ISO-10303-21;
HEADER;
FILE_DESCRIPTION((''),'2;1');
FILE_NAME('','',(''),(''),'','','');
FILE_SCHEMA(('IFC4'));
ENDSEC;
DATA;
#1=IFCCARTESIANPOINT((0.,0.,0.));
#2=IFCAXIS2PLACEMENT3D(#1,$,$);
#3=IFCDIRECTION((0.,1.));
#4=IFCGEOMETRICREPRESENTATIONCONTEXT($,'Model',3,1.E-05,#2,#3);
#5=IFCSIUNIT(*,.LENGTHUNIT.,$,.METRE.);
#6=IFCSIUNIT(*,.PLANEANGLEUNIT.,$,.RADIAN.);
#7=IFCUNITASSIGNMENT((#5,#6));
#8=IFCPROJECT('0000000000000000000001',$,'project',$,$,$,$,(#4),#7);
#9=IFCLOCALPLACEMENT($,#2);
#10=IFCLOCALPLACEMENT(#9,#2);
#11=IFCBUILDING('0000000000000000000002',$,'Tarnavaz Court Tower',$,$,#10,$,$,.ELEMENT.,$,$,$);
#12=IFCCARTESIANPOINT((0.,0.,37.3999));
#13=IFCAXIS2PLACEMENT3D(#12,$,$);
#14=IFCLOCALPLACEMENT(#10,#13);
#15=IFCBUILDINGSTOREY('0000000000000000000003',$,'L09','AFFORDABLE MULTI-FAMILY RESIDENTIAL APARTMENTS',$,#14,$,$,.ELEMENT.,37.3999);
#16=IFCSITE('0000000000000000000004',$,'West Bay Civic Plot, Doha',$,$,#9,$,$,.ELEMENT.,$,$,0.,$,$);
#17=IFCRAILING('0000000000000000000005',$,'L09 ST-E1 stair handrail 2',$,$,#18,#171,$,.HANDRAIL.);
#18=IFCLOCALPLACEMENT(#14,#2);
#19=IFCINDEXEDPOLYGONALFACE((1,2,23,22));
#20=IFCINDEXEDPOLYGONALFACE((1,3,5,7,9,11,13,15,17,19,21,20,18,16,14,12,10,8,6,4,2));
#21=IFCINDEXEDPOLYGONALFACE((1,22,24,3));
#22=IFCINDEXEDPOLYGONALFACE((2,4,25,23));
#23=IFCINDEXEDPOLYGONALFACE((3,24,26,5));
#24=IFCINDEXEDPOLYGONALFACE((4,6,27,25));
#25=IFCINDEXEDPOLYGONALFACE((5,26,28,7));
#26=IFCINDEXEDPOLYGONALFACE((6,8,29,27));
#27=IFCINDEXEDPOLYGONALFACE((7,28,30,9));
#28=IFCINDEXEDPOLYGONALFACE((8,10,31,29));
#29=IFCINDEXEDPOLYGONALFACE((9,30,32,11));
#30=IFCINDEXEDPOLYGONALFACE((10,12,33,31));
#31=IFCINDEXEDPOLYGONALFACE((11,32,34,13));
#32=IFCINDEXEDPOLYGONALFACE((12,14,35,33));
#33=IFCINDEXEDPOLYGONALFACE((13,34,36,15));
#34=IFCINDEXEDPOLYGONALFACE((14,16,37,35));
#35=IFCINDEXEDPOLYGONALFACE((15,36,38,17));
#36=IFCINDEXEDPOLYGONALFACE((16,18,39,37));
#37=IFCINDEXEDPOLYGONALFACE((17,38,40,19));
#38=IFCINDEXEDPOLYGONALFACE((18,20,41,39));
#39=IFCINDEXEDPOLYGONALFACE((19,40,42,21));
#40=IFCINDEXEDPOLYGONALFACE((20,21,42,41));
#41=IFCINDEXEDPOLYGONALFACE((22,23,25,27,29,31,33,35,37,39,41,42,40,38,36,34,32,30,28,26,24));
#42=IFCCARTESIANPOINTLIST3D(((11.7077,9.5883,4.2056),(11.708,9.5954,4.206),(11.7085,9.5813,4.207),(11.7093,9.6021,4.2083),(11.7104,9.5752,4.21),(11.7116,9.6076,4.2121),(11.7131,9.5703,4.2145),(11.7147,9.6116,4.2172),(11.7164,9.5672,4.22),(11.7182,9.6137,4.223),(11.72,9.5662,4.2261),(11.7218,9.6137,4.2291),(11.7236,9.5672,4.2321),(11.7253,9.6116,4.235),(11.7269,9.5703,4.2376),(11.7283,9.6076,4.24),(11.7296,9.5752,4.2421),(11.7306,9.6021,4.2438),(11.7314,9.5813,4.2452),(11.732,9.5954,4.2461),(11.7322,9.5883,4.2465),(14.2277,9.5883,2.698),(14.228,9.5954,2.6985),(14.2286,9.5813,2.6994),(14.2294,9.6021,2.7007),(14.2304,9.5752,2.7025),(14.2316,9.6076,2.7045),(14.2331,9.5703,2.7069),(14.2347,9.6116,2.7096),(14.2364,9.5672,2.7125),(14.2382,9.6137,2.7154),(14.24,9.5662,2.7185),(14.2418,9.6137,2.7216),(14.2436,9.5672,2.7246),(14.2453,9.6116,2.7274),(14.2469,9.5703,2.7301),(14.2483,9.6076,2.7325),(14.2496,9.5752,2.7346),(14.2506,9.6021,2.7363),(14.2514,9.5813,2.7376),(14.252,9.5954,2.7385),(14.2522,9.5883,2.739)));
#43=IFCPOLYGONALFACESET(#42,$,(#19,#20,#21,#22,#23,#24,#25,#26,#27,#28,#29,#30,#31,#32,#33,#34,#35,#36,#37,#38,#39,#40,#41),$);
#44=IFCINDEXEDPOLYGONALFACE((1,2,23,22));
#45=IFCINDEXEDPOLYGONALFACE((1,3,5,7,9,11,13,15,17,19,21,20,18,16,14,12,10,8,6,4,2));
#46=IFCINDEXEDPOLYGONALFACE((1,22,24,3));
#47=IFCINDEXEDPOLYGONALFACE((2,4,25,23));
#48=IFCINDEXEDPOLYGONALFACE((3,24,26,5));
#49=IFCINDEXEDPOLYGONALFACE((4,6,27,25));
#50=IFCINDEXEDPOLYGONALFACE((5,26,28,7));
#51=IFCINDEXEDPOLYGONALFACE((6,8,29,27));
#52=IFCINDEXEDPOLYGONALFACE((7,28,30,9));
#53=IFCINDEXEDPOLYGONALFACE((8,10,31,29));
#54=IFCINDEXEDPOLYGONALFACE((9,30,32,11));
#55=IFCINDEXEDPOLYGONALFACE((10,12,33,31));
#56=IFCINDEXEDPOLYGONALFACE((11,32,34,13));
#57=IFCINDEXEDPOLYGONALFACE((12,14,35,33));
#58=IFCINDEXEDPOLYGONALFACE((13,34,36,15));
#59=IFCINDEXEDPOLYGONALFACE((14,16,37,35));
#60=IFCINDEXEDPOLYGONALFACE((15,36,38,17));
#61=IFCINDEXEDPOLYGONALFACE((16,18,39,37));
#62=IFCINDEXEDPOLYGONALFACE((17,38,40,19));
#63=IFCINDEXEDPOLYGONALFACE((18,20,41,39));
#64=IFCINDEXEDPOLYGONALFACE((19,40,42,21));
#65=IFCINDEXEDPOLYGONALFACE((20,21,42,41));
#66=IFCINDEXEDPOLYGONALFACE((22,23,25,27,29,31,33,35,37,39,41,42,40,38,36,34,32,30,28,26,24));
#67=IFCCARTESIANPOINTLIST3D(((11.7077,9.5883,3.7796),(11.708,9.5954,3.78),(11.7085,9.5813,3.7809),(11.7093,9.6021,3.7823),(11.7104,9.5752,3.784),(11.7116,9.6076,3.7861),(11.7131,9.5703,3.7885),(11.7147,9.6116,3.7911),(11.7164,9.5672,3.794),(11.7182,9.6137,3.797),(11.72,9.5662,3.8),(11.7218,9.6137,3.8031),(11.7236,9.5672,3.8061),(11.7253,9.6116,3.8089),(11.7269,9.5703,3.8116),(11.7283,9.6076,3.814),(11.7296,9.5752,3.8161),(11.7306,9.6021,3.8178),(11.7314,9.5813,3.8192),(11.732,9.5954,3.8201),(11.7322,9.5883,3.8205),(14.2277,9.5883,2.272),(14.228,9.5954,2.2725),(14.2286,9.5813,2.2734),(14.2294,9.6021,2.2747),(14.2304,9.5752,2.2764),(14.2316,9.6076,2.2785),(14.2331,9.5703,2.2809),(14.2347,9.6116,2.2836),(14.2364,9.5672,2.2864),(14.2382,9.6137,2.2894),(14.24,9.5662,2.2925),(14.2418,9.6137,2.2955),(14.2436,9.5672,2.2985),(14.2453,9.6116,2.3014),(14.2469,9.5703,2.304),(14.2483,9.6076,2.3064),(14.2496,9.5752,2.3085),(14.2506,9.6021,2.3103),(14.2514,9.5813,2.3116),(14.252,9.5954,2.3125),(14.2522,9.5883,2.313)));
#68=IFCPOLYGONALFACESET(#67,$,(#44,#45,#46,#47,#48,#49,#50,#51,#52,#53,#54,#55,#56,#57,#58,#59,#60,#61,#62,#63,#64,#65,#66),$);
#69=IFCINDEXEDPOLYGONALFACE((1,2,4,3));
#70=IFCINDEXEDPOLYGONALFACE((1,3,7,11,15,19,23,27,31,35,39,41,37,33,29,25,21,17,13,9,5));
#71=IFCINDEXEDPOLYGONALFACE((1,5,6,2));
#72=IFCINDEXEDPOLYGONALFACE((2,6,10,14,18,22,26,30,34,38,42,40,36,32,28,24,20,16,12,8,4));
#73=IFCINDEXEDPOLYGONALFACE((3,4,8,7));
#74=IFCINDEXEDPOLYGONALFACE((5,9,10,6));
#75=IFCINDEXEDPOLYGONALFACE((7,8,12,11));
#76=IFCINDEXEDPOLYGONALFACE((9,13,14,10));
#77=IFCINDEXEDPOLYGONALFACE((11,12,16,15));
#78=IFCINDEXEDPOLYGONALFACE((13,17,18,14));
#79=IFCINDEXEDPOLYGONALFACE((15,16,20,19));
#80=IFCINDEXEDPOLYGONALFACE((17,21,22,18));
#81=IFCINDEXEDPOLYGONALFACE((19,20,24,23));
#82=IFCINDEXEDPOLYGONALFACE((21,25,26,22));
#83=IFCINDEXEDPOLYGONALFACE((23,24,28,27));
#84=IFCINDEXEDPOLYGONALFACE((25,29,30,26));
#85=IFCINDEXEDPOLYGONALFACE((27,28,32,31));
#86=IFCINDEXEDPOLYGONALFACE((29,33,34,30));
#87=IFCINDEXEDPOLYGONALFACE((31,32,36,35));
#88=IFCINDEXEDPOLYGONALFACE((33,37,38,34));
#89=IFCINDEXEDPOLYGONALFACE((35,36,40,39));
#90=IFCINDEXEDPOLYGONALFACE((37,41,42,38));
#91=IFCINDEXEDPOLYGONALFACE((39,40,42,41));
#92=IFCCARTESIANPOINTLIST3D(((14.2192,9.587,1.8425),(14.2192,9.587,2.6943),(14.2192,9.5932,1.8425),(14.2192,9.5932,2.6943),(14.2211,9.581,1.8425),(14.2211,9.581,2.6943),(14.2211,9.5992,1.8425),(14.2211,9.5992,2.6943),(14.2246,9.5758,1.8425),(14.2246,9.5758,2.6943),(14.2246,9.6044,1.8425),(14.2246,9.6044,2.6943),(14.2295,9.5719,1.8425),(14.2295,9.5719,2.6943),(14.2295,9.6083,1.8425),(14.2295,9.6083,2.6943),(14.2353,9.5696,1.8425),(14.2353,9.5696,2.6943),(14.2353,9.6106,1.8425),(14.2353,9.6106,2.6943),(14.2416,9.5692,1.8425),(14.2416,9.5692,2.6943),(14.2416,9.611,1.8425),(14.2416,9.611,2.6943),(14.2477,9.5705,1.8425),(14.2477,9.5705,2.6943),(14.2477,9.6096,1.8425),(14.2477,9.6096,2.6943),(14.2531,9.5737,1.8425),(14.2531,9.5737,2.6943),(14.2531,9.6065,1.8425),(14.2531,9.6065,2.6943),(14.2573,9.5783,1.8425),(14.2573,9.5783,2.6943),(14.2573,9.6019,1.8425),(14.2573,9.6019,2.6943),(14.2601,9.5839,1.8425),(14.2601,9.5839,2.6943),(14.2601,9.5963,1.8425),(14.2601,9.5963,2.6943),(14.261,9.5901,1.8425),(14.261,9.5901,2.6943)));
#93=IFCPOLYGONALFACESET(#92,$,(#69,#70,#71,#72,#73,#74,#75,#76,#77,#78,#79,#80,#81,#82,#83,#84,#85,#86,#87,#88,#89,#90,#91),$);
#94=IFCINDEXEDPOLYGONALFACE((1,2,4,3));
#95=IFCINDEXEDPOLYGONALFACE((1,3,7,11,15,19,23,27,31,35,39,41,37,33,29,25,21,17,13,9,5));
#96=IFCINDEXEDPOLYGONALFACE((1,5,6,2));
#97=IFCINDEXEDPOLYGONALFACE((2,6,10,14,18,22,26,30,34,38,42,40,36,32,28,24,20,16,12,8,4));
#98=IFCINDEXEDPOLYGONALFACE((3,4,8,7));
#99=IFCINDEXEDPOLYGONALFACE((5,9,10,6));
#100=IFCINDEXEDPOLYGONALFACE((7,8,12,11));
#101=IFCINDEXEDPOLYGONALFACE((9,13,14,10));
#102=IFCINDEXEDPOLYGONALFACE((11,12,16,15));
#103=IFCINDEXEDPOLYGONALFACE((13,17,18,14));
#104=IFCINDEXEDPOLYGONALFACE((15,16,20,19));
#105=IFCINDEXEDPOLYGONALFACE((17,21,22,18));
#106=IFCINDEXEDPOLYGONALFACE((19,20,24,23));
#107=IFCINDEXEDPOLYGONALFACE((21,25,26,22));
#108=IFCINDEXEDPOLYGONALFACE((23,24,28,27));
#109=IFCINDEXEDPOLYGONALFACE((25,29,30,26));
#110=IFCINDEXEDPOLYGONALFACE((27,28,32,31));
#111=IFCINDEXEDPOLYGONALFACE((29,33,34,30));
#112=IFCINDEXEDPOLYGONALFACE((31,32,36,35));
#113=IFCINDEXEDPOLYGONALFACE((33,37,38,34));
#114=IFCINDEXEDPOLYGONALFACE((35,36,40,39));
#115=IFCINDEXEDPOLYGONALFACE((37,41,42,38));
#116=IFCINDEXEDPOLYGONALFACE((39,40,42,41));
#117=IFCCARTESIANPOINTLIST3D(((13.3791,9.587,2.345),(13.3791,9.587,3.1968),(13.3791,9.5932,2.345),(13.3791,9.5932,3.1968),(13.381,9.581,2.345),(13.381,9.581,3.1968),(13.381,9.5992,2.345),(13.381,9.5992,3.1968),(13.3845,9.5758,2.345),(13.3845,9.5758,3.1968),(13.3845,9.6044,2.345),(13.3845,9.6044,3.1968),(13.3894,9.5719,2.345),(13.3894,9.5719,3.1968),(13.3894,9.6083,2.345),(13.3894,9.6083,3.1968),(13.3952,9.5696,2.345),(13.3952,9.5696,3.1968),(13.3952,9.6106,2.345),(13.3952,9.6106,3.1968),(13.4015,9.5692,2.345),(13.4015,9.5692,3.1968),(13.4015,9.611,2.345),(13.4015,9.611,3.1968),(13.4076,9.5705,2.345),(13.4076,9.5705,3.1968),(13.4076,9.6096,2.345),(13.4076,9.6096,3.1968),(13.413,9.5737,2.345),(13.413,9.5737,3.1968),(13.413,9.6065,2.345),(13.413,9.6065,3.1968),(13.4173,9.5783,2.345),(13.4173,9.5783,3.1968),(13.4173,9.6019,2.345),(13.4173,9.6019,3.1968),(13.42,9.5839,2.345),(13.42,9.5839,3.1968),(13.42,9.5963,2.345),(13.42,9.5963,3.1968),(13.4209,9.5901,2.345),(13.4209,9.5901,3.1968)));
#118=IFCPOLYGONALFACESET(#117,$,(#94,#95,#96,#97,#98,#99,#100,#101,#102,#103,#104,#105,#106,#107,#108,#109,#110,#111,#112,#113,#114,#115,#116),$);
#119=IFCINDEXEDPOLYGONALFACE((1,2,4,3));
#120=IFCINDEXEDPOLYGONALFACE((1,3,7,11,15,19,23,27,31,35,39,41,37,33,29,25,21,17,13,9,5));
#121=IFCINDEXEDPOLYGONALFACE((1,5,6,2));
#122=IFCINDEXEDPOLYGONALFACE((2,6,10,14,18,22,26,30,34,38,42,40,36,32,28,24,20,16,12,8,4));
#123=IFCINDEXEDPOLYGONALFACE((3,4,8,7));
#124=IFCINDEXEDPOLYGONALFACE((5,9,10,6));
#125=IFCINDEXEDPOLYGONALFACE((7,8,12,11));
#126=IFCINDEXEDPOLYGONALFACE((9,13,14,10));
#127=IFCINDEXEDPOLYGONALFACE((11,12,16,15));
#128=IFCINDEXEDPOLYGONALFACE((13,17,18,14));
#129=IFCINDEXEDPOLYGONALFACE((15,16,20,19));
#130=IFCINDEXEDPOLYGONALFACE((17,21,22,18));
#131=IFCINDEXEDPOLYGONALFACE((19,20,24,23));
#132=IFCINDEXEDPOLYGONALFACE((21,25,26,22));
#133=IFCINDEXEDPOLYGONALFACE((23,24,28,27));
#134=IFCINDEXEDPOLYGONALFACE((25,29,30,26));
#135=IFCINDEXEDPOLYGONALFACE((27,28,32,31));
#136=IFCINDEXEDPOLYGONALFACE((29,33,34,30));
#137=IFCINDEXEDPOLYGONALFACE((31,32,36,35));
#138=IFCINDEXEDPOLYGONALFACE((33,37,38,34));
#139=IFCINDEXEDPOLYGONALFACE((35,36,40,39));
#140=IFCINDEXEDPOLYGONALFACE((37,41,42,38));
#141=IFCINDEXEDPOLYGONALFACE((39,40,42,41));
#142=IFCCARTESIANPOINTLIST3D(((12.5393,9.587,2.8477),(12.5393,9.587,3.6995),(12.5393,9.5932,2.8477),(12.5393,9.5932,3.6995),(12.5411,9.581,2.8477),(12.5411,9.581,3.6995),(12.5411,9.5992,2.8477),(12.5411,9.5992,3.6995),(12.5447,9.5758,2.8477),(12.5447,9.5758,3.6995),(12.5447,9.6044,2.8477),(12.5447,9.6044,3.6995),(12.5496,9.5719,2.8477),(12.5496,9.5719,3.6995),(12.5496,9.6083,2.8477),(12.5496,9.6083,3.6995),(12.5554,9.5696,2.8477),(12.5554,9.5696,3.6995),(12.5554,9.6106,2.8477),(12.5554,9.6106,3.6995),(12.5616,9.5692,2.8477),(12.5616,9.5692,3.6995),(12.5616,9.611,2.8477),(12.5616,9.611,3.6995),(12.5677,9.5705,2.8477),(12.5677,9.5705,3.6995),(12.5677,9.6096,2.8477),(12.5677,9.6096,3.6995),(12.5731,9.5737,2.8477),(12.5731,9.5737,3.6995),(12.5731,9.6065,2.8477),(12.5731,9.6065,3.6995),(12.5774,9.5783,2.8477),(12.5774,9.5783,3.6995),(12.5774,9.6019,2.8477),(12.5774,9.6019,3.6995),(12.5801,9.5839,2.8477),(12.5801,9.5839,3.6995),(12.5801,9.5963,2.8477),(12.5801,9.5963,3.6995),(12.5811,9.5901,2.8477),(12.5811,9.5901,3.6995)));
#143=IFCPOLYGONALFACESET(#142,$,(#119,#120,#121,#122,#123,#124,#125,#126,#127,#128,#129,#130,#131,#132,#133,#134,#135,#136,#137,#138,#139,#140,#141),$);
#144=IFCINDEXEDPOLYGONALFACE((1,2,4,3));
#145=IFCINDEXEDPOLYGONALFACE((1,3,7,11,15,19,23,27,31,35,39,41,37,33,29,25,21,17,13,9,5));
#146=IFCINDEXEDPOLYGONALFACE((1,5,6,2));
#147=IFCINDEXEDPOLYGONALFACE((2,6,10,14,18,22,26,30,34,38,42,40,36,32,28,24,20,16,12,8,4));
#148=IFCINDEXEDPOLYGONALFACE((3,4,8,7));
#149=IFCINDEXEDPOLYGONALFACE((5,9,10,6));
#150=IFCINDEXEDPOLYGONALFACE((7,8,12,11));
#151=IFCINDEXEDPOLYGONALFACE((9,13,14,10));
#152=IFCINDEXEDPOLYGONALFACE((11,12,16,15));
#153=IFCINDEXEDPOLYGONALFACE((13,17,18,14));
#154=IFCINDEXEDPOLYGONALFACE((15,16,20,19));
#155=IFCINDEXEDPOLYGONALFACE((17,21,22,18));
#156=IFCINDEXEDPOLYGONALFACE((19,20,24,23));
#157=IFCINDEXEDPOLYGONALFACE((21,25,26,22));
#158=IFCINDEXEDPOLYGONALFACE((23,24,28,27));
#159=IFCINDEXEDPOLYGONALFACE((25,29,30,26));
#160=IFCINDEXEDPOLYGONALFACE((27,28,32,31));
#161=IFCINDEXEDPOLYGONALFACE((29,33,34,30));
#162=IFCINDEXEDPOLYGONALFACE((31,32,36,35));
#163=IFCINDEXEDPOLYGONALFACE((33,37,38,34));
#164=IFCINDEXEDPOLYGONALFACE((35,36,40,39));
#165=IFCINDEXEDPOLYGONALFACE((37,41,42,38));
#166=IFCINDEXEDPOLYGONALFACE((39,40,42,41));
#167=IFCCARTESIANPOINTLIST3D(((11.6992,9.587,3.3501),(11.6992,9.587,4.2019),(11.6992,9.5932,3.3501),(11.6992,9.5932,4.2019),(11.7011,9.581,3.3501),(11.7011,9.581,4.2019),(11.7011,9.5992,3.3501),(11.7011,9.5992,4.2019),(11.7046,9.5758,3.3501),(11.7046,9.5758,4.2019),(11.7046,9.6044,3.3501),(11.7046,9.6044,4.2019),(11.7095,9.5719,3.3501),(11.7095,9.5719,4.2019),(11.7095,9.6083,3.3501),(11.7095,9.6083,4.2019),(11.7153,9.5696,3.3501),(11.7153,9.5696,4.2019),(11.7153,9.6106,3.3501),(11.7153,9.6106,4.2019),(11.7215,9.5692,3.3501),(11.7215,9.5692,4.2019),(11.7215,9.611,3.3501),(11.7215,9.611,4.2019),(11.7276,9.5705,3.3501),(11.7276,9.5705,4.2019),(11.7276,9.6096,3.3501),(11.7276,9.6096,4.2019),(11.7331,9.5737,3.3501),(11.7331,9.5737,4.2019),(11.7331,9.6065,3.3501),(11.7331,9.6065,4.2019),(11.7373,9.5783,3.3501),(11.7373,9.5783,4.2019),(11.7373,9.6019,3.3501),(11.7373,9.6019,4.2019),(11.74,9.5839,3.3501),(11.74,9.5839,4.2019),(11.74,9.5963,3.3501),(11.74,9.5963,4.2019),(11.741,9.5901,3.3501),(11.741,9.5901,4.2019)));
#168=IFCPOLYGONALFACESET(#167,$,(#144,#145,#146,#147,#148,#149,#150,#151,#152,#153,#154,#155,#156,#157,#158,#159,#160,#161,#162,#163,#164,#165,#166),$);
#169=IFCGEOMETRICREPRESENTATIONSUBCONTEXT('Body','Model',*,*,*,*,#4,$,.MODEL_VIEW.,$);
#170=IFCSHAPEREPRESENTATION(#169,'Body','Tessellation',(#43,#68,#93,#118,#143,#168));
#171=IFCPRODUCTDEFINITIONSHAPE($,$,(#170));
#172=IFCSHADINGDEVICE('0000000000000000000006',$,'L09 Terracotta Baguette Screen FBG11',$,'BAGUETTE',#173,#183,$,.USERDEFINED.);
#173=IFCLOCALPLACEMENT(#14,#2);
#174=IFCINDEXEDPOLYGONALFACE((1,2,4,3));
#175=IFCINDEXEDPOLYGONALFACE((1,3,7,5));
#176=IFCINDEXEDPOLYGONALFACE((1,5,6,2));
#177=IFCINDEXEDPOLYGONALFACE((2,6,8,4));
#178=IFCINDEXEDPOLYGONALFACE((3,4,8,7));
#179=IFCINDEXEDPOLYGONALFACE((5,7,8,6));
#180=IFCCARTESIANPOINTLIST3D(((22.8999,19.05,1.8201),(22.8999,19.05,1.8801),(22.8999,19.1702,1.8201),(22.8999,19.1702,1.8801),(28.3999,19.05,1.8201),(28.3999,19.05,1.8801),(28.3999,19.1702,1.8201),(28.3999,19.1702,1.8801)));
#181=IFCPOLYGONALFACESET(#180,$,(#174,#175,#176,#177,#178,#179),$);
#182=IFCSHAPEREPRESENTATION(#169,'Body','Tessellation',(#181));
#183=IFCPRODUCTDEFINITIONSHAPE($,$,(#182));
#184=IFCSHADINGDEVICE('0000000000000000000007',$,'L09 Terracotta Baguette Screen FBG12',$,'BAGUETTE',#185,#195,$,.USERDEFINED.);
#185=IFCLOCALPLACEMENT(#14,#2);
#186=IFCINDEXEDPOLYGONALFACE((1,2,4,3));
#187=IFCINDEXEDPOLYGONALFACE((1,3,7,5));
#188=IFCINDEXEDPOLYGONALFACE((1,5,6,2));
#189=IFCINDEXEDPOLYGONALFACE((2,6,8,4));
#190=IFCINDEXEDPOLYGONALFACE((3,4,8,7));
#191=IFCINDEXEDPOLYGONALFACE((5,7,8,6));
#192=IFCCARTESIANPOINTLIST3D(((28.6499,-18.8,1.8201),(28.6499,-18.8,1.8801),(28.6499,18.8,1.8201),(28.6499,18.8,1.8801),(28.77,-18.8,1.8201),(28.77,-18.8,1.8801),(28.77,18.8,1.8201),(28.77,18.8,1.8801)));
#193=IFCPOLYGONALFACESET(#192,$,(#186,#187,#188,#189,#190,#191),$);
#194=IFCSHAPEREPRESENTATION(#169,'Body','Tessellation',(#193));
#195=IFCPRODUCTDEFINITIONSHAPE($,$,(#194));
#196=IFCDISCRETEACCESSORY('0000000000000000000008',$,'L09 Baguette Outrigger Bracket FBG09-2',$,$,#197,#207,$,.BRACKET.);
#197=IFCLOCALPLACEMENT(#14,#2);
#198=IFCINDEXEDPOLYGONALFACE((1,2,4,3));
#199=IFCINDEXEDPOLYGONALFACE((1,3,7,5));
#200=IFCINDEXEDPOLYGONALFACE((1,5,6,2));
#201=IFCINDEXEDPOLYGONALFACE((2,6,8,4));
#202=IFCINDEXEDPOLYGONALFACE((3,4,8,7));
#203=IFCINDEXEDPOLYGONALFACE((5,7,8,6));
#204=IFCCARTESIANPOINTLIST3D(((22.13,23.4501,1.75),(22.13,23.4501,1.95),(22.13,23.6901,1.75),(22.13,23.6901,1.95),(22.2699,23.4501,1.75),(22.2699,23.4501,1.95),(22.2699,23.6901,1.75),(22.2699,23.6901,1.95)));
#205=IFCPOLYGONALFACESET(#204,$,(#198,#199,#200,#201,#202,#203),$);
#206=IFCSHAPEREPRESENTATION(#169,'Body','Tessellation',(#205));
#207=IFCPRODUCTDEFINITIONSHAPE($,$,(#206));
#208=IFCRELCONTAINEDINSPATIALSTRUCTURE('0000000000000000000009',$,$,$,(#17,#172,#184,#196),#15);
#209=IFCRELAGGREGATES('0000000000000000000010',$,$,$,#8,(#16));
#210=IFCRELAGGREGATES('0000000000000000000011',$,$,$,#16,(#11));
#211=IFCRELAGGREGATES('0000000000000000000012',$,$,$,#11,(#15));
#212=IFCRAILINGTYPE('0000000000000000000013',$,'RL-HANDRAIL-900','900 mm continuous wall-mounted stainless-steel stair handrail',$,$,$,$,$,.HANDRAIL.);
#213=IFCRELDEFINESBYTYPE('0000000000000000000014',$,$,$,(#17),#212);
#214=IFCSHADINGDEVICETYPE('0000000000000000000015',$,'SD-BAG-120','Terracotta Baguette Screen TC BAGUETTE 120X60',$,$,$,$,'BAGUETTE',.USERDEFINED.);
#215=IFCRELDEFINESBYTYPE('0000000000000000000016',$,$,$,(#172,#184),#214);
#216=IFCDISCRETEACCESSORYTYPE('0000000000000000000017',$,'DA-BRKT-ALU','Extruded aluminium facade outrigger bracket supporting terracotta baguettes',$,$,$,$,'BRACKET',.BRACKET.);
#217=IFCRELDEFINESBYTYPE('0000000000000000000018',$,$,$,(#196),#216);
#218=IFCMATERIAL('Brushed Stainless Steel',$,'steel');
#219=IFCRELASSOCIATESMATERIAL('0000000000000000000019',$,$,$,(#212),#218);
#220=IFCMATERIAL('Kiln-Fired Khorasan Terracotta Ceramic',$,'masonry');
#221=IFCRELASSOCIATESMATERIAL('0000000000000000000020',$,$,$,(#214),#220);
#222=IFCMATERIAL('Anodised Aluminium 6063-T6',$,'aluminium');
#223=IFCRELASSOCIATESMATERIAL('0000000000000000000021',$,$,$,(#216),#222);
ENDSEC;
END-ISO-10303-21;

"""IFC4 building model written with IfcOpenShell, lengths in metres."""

from ifc_helpers import new_model, si_unit, direction, frame, origin, origin_2d, place, context, subcontext, project, spatial, rectangle, circle, extrude, material, material_profile, profile_set, type_object, element, save


model = new_model("IFC4")

# Units and contexts
model_context = context("Model", 3, precision=1e-05, world=origin(), true_north=direction((0.0, 1.0)))
body_context = subcontext(model_context, "Body", "Model", "MODEL_VIEW")
ifc_project = project(units=[si_unit("LENGTHUNIT", "METRE"), si_unit("PLANEANGLEUNIT", "RADIAN")], contexts=[model_context])

# Site, building, storey
site_placement = place(None, origin())
site = spatial("IfcSite", under=ifc_project, at=site_placement, Name="West Bay Civic Plot, Doha", CompositionType="ELEMENT", RefElevation=0.0)
building_placement = place(site_placement, origin())
building = spatial("IfcBuilding", under=site, at=building_placement, Name="Tarnavaz Court Tower", CompositionType="ELEMENT")
storey_placement = place(building_placement, frame((0.0, 0.0, 37.3999)))
storey = spatial("IfcBuildingStorey", under=building, at=storey_placement, Name="L09", Description="AFFORDABLE MULTI-FAMILY RESIDENTIAL APARTMENTS", CompositionType="ELEMENT", Elevation=37.3999)

# Railing
ifc_material_1 = material(Name="Brushed Stainless Steel", Category="steel")
railing_type = type_object("IfcRailingType", Name="RL-HANDRAIL-900", Description="900 mm continuous wall-mounted stainless-steel stair handrail", PredefinedType="HANDRAIL", material=ifc_material_1)
railing_placement = place(storey_placement, frame((14.24, 9.5901, 1.8425)))
element("IfcRailing", 1, at=railing_placement, inside=storey, type_object=railing_type, Name="L09 ST-E1 stair handrail 2", PredefinedType="HANDRAIL", context=body_context, shape_type="SweptSolid", body=[
    extrude(circle(Radius=0.0239, at=origin_2d()), frame((0.0, 0.0, 0.876), z_axis=(-0.85816, 0.0, 0.513383), x_axis=(0.0, -1.0, 0.0)), (0.0, 0.0, 1.0), 2.9365),
    extrude(circle(Radius=0.0239, at=origin_2d()), frame((0.0, 0.0, 0.45), z_axis=(-0.85816, 0.0, 0.513383), x_axis=(0.0, -1.0, 0.0)), (0.0, 0.0, 1.0), 2.9365),
    extrude(circle(Radius=0.021, at=origin_2d()), origin(), (0.0, 0.0, 1.0), 0.8518),
    extrude(circle(Radius=0.021, at=origin_2d()), frame((-0.8401, 0.0, 0.5024)), (0.0, 0.0, 1.0), 0.8518),
    extrude(circle(Radius=0.021, at=origin_2d()), frame((-1.6799, 0.0, 1.0051)), (0.0, 0.0, 1.0), 0.8518),
    extrude(circle(Radius=0.021, at=origin_2d()), frame((-2.52, 0.0, 1.5076)), (0.0, 0.0, 1.0), 0.8518),
])

# Shading devices
ifc_material_2 = material(Name="Kiln-Fired Khorasan Terracotta Ceramic", Category="masonry")
ifc_material_profile_1 = material_profile(ifc_material_2, rectangle(XDim=0.1201, YDim=0.0601, at=origin_2d()), Name="TC BAGUETTE 120X60")
ifc_profile_set_1 = profile_set([ifc_material_profile_1], Name="Kiln-Fired Khorasan Terracotta Ceramic")
shading_device_type = type_object("IfcShadingDeviceType", Name="SD-BAG-120", Description="Terracotta Baguette Screen TC BAGUETTE 120X60", ElementType="BAGUETTE", PredefinedType="USERDEFINED", material=ifc_profile_set_1)
shading_device_1_placement = place(storey_placement, frame((22.8999, 19.1101, 1.8501), z_axis=(1.0, 0.0, 0.0), x_axis=(0.0, 1.0, 0.0)))
element("IfcShadingDevice", 2, at=shading_device_1_placement, inside=storey, type_object=shading_device_type, Name="L09 Terracotta Baguette Screen FBG11", ObjectType="BAGUETTE", PredefinedType="USERDEFINED", context=body_context, shape_type="SweptSolid", body=[
    extrude(rectangle(XDim=0.1201, YDim=0.0601, at=origin_2d()), origin(), (0.0, 0.0, 1.0), 5.5),
])
shading_device_2_placement = place(storey_placement, frame((28.71, 18.8, 1.8501), z_axis=(0.0, -1.0, 0.0), x_axis=(1.0, 0.0, 0.0)))
element("IfcShadingDevice", 3, at=shading_device_2_placement, inside=storey, type_object=shading_device_type, Name="L09 Terracotta Baguette Screen FBG12", ObjectType="BAGUETTE", PredefinedType="USERDEFINED", context=body_context, shape_type="SweptSolid", body=[
    extrude(rectangle(XDim=0.1201, YDim=0.0601, at=origin_2d()), origin(), (0.0, 0.0, 1.0), 37.6001),
])

# Discrete accessory
ifc_material_3 = material(Name="Anodised Aluminium 6063-T6", Category="aluminium")
discrete_accessory_type = type_object("IfcDiscreteAccessoryType", Name="DA-BRKT-ALU", Description="Extruded aluminium facade outrigger bracket supporting terracotta baguettes", ElementType="BRACKET", PredefinedType="BRACKET", material=ifc_material_3)
for number, where, z_axis, x_axis, name in (
    (4, (22.2, 23.5701, 1.75), (0.0, 0.0, 1.0), (1.0, 0.0, 0.0), "L09 Baguette Outrigger Bracket FBG09-2"),
):
    element("IfcDiscreteAccessory", number, at=place(storey_placement, frame(where, z_axis=z_axis, x_axis=x_axis)), inside=storey, type_object=discrete_accessory_type, Name=name, PredefinedType="BRACKET", context=body_context, shape_type="SweptSolid", body=[
        extrude(rectangle(XDim=0.1399, YDim=0.24, at=origin_2d()), origin(), (0.0, 0.0, 1.0), 0.2),
    ])

save(model, "model.ifc")
